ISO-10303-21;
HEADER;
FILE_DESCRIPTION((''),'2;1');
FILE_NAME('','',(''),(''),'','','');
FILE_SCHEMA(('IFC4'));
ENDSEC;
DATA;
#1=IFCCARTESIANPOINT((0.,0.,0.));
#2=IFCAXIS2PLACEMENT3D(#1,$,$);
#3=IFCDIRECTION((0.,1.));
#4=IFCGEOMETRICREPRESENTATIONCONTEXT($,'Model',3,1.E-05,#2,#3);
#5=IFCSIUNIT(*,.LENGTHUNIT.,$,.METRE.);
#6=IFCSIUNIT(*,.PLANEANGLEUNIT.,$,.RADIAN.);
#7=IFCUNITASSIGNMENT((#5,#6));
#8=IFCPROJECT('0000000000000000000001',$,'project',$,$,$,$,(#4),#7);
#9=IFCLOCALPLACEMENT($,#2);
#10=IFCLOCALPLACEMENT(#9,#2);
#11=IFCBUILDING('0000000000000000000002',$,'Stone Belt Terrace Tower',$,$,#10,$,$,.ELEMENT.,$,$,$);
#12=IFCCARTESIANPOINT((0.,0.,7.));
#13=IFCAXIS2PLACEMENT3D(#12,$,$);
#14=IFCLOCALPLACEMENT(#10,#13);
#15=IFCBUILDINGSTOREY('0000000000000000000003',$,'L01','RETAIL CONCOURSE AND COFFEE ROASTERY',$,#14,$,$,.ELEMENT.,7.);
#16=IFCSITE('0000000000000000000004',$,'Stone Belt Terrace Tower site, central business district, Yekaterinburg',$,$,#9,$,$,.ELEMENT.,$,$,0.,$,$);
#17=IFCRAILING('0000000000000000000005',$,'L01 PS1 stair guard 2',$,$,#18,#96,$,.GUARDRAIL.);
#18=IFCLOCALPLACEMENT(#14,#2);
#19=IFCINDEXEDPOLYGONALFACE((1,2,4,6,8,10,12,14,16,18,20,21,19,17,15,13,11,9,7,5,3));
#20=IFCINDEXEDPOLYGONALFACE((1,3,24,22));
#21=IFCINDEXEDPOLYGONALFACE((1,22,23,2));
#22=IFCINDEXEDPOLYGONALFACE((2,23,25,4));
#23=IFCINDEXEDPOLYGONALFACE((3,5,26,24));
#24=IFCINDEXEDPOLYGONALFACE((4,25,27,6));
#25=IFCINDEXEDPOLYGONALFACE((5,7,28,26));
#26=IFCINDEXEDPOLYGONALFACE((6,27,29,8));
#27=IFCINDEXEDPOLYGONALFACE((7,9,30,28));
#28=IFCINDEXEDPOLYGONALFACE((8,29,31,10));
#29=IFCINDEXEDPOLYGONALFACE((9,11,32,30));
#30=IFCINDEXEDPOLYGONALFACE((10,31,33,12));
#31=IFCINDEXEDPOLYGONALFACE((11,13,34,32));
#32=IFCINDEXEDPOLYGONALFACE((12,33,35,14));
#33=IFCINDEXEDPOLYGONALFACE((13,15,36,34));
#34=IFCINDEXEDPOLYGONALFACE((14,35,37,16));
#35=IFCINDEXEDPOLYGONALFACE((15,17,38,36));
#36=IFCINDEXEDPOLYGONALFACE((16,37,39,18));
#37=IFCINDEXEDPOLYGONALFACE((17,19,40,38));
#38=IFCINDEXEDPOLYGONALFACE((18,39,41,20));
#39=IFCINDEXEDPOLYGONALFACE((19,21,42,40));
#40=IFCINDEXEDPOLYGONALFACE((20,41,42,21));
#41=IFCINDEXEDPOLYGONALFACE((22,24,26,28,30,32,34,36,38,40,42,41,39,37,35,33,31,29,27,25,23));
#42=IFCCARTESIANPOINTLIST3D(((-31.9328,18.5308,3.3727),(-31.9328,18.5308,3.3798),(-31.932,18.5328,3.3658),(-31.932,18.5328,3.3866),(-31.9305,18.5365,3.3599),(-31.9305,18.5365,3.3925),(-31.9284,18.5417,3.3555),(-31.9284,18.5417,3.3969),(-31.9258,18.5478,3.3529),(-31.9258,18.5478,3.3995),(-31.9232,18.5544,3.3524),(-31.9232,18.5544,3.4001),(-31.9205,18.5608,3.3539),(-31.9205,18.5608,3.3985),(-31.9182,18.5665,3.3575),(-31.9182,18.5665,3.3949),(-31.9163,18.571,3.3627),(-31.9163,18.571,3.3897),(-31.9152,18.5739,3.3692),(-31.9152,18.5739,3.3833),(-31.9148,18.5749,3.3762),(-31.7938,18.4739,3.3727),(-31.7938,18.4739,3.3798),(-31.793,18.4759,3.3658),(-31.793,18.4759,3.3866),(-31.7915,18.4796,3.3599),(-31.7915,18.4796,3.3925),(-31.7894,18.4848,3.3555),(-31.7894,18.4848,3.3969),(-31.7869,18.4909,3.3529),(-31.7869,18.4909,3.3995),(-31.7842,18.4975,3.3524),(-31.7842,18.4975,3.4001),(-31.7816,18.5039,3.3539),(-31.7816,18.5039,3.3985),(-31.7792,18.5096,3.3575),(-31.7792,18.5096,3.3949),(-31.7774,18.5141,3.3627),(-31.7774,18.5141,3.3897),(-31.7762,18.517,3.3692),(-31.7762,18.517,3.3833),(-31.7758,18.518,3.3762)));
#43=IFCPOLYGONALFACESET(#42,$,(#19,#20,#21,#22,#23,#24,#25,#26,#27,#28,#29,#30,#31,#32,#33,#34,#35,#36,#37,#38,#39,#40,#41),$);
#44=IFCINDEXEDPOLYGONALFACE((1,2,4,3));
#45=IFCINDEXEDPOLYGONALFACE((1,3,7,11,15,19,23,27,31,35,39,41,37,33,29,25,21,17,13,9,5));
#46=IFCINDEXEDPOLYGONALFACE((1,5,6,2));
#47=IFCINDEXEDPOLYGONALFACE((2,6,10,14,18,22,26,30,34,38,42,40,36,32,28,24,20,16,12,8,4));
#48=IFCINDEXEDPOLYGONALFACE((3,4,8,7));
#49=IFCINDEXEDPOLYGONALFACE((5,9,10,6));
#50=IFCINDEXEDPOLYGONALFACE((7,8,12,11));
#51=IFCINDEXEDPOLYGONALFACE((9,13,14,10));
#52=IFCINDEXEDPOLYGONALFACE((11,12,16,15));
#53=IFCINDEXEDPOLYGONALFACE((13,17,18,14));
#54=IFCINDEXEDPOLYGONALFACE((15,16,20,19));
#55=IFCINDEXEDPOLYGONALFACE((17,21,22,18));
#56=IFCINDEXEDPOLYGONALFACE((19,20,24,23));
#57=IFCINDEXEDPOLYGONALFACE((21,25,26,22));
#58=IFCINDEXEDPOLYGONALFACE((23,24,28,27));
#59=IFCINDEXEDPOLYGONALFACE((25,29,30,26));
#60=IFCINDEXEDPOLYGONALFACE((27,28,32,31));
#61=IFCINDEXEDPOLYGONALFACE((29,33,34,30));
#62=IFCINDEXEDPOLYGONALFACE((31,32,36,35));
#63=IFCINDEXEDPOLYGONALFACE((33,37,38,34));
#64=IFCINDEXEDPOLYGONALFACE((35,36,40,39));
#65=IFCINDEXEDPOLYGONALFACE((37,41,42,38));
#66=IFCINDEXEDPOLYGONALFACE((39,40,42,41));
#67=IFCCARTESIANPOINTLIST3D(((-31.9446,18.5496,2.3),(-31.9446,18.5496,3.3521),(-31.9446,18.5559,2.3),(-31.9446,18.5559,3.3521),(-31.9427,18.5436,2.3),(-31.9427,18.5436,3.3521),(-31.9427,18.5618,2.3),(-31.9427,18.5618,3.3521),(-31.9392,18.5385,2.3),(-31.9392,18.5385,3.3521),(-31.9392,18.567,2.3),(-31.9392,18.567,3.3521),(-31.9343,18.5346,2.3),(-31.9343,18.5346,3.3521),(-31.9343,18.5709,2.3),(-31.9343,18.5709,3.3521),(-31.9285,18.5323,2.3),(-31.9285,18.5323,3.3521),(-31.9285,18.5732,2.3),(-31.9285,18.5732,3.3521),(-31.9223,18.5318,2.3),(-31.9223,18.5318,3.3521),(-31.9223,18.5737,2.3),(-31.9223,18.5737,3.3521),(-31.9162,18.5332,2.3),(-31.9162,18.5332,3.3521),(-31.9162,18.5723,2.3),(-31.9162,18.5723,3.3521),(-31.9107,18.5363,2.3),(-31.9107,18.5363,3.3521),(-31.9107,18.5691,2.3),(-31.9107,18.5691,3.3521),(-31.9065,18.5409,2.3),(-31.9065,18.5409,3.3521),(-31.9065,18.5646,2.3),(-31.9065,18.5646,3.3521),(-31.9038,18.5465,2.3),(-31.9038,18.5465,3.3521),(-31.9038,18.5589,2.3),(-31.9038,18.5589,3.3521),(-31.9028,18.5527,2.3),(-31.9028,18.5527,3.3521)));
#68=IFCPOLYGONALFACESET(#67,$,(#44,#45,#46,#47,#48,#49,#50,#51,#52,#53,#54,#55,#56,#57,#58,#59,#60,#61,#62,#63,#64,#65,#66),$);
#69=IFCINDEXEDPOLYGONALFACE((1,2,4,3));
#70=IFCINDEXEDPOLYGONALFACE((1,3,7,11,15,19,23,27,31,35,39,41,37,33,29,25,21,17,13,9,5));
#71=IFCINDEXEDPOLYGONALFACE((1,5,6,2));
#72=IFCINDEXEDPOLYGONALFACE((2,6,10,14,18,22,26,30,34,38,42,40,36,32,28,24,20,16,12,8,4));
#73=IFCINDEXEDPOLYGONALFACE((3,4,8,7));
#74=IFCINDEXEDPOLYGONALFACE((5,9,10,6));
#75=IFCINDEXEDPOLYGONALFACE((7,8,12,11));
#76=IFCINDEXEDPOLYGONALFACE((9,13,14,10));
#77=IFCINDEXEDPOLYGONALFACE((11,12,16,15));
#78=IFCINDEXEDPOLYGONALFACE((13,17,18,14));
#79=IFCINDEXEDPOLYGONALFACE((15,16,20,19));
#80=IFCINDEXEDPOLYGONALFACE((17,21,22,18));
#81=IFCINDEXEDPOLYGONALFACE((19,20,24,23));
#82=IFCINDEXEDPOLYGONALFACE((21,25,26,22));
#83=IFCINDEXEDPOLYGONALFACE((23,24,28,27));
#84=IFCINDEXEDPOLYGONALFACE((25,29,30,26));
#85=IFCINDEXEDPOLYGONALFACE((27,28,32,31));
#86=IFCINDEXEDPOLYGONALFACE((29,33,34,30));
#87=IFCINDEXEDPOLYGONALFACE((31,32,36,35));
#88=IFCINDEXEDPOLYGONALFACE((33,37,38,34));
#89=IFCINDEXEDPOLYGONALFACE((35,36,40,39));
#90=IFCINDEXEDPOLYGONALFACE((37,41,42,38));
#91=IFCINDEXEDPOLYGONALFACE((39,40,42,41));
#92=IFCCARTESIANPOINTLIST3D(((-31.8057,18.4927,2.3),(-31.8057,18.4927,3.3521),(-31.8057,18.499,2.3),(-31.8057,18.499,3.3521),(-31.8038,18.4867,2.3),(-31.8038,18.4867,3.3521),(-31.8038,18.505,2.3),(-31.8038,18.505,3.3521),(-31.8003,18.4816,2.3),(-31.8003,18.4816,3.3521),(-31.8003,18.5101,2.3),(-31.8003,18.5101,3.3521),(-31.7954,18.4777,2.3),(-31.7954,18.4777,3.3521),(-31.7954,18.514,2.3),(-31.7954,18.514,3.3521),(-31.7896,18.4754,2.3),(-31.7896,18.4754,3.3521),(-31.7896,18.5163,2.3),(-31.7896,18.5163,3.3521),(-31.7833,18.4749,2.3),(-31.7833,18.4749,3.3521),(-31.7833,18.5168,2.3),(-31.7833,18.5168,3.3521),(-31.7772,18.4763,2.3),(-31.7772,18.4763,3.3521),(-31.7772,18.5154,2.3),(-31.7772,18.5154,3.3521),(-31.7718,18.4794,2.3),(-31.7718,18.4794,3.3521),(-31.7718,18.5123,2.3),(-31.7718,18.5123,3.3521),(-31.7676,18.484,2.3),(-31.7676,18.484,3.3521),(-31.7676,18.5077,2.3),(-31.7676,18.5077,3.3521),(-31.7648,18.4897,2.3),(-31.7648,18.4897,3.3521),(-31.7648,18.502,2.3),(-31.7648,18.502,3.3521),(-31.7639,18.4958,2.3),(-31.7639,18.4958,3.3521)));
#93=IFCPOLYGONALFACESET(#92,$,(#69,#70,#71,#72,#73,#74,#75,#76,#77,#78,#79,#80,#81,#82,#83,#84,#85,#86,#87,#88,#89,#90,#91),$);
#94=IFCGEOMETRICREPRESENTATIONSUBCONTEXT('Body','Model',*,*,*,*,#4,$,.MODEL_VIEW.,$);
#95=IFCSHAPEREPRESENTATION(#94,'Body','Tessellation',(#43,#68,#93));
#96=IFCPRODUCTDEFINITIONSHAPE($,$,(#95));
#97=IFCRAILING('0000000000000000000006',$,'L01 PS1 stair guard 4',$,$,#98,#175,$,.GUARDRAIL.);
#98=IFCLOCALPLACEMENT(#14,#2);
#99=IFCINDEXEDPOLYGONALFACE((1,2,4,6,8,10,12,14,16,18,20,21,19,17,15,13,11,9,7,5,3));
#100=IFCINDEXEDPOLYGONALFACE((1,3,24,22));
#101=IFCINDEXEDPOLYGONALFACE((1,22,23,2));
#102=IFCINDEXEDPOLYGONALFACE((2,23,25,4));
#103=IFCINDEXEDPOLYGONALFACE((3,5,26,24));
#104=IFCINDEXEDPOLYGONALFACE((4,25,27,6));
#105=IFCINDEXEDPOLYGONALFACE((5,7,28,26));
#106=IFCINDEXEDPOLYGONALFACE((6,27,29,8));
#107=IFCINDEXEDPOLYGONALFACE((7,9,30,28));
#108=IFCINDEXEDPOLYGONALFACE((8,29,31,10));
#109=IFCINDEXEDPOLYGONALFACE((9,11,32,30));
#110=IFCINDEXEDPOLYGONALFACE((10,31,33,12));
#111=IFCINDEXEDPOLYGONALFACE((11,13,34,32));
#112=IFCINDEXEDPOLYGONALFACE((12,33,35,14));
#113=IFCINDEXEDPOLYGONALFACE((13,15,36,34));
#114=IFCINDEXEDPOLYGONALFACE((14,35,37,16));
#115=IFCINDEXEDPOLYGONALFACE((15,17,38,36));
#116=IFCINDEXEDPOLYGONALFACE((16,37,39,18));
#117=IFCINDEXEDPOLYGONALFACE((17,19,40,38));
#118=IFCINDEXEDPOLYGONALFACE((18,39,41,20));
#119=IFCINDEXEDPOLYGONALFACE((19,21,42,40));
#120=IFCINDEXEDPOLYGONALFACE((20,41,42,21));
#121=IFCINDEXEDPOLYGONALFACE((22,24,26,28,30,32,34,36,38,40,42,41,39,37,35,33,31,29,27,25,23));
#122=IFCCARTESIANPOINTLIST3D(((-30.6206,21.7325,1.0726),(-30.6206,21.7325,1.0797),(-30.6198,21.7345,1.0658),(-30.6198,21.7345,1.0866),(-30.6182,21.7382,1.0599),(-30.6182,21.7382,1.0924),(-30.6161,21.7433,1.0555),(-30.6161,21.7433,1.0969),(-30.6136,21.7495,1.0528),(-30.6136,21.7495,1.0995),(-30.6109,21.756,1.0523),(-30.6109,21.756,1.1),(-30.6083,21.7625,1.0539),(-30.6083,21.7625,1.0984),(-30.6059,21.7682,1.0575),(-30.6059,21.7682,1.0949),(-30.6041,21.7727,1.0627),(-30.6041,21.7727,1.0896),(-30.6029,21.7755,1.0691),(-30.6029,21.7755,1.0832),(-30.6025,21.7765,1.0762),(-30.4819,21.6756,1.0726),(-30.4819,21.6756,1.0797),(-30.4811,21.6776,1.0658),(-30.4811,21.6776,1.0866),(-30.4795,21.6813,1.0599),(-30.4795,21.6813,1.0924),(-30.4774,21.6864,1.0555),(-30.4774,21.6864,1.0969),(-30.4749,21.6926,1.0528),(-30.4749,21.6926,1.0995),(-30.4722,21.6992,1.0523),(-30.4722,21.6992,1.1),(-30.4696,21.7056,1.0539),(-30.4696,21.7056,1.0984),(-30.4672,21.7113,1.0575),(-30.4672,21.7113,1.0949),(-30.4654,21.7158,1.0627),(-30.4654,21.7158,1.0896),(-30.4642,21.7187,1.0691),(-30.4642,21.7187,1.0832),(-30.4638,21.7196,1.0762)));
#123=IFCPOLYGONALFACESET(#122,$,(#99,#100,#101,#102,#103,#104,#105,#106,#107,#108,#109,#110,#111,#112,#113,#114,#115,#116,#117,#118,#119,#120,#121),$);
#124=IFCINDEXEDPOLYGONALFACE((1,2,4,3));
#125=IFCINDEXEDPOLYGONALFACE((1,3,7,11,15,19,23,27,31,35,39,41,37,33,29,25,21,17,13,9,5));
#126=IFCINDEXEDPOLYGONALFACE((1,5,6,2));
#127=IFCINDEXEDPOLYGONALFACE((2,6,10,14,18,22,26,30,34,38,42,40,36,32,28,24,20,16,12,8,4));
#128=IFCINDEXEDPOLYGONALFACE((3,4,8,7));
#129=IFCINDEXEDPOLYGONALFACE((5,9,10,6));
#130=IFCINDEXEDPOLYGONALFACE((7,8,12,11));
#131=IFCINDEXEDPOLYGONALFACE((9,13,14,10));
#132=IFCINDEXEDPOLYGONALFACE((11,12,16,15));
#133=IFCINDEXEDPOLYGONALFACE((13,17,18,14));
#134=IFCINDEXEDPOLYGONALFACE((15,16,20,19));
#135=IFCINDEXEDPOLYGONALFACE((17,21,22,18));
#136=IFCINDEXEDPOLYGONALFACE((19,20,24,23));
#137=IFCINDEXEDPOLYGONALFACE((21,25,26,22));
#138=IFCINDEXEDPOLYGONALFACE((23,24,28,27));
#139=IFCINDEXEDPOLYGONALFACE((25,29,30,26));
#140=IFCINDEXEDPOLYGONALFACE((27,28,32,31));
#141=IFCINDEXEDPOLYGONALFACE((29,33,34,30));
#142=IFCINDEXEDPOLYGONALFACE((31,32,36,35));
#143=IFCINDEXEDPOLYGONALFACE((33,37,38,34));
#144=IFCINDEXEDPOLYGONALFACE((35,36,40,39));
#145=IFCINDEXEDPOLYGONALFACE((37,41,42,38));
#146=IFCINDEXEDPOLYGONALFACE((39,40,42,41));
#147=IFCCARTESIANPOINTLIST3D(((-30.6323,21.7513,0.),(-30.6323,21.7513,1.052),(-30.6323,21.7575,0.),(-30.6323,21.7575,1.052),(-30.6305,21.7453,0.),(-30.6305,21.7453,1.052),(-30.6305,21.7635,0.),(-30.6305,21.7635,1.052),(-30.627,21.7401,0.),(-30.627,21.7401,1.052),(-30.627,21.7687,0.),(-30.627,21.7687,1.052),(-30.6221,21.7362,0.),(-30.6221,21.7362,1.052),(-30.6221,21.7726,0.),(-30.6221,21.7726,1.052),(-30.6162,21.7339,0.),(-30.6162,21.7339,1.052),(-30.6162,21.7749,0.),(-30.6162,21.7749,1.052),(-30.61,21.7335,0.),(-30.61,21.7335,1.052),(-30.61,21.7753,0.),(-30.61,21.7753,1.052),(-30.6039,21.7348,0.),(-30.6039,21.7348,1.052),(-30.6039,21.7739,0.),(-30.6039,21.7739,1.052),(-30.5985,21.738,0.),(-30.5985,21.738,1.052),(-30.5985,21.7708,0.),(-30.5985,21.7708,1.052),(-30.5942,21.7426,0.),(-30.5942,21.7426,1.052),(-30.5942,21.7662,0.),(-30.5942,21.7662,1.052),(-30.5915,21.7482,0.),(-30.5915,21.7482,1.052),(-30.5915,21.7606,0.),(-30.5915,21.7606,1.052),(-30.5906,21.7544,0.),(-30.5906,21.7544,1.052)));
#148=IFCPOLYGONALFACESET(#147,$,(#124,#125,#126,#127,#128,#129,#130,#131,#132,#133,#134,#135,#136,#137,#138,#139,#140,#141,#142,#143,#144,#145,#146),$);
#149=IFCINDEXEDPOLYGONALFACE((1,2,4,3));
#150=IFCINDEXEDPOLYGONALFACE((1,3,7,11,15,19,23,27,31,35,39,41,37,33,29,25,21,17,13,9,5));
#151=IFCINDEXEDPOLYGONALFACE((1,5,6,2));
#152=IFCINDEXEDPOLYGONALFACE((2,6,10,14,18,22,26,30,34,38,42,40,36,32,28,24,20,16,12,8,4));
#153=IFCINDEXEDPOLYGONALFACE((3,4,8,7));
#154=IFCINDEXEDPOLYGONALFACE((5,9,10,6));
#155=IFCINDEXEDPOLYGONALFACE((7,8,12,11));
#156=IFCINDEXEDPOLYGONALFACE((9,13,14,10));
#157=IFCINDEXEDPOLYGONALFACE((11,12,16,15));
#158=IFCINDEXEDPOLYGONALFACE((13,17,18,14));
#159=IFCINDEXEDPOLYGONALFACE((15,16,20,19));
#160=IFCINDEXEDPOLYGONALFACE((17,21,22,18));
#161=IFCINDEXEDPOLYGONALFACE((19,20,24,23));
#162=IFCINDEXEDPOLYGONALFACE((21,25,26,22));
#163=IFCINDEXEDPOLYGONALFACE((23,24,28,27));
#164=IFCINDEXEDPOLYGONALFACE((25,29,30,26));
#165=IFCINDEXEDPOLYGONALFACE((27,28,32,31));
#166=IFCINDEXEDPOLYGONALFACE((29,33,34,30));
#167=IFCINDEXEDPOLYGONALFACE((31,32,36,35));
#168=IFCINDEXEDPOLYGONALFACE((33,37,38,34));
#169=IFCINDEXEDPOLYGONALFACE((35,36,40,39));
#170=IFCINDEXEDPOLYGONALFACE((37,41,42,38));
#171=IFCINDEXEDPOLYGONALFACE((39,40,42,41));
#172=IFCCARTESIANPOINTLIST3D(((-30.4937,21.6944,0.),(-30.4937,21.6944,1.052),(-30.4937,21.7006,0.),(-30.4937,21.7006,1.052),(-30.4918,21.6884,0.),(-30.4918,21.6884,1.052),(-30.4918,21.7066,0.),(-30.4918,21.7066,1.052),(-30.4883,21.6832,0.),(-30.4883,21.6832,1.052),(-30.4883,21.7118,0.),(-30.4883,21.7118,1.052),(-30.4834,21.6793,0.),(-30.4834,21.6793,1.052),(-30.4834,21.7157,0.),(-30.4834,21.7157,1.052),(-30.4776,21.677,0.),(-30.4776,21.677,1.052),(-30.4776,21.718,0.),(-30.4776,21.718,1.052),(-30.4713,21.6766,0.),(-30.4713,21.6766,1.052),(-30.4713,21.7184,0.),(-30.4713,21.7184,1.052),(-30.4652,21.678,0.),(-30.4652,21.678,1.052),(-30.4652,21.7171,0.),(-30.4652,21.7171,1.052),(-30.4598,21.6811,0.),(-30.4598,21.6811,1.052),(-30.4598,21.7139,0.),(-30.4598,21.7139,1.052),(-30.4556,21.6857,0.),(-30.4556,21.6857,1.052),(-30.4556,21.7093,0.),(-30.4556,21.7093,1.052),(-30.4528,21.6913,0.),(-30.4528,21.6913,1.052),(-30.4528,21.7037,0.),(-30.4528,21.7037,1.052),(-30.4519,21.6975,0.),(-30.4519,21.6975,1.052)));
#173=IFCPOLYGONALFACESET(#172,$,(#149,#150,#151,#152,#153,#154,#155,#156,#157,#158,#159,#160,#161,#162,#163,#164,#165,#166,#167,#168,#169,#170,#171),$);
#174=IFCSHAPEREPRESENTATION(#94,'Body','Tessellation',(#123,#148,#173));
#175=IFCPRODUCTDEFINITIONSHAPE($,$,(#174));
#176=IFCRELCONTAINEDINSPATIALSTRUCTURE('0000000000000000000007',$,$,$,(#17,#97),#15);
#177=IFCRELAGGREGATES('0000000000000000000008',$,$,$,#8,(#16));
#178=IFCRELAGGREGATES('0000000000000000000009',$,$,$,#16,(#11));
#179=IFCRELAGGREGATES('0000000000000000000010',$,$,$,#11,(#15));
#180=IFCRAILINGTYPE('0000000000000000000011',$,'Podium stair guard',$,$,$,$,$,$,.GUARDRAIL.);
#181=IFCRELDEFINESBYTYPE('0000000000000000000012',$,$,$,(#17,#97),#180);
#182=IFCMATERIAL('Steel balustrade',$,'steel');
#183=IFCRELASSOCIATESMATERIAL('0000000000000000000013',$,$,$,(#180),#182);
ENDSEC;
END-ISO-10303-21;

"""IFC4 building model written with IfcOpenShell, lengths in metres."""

from ifc_helpers import new_model, si_unit, direction, frame, origin, origin_2d, place, context, subcontext, project, spatial, circle, extrude, material, type_object, element, save


model = new_model("IFC4")

# Units and contexts
model_context = context("Model", 3, precision=1e-05, world=origin(), true_north=direction((0.0, 1.0)))
body_context = subcontext(model_context, "Body", "Model", "MODEL_VIEW")
ifc_project = project(units=[si_unit("LENGTHUNIT", "METRE"), si_unit("PLANEANGLEUNIT", "RADIAN")], contexts=[model_context])

# Site, building, storey
site_placement = place(None, origin())
site = spatial("IfcSite", under=ifc_project, at=site_placement, Name="Stone Belt Terrace Tower site, central business district, Yekaterinburg", CompositionType="ELEMENT", RefElevation=0.0)
building_placement = place(site_placement, origin())
building = spatial("IfcBuilding", under=site, at=building_placement, Name="Stone Belt Terrace Tower", CompositionType="ELEMENT")
storey_placement = place(building_placement, frame((0.0, 0.0, 7.0)))
storey = spatial("IfcBuildingStorey", under=building, at=storey_placement, Name="L01", Description="RETAIL CONCOURSE AND COFFEE ROASTERY", CompositionType="ELEMENT", Elevation=7.0)

# Railings
ifc_material_1 = material(Name="Steel balustrade", Category="steel")
railing_type_1 = type_object("IfcRailingType", Name="Podium stair guard", PredefinedType="GUARDRAIL", material=ifc_material_1)
railing_1_placement = place(storey_placement, frame((-31.9238, 18.5527, 2.3)))
element("IfcRailing", 1, at=railing_1_placement, inside=storey, type_object=railing_type_1, Name="L01 PS1 stair guard 2", PredefinedType="GUARDRAIL", context=body_context, shape_type="SweptSolid", body=[
    extrude(circle(Radius=0.0239, at=origin_2d()), frame((0.0, 0.0, 1.0762), z_axis=(0.925417, -0.378949, 0.0), x_axis=(0.378949, 0.925417, 0.0)), (0.0, 0.0, 1.0), 0.1501),
    extrude(circle(Radius=0.021, at=origin_2d()), origin(), (0.0, 0.0, 1.0), 1.052),
    extrude(circle(Radius=0.021, at=origin_2d()), frame((0.1389, -0.0569, 0.0)), (0.0, 0.0, 1.0), 1.052),
])
railing_2_placement = place(storey_placement, frame((-30.6116, 21.7544, 0.0)))
element("IfcRailing", 2, at=railing_2_placement, inside=storey, type_object=railing_type_1, Name="L01 PS1 stair guard 4", PredefinedType="GUARDRAIL", context=body_context, shape_type="SweptSolid", body=[
    extrude(circle(Radius=0.0239, at=origin_2d()), frame((0.0, 0.0, 1.0762), z_axis=(0.925183, -0.379521, 0.0), x_axis=(0.379521, 0.925183, 0.0)), (0.0, 0.0, 1.0), 0.1499),
    extrude(circle(Radius=0.021, at=origin_2d()), origin(), (0.0, 0.0, 1.0), 1.052),
    extrude(circle(Radius=0.021, at=origin_2d()), frame((0.1387, -0.0569, 0.0)), (0.0, 0.0, 1.0), 1.052),
])

save(model, "model.ifc")
